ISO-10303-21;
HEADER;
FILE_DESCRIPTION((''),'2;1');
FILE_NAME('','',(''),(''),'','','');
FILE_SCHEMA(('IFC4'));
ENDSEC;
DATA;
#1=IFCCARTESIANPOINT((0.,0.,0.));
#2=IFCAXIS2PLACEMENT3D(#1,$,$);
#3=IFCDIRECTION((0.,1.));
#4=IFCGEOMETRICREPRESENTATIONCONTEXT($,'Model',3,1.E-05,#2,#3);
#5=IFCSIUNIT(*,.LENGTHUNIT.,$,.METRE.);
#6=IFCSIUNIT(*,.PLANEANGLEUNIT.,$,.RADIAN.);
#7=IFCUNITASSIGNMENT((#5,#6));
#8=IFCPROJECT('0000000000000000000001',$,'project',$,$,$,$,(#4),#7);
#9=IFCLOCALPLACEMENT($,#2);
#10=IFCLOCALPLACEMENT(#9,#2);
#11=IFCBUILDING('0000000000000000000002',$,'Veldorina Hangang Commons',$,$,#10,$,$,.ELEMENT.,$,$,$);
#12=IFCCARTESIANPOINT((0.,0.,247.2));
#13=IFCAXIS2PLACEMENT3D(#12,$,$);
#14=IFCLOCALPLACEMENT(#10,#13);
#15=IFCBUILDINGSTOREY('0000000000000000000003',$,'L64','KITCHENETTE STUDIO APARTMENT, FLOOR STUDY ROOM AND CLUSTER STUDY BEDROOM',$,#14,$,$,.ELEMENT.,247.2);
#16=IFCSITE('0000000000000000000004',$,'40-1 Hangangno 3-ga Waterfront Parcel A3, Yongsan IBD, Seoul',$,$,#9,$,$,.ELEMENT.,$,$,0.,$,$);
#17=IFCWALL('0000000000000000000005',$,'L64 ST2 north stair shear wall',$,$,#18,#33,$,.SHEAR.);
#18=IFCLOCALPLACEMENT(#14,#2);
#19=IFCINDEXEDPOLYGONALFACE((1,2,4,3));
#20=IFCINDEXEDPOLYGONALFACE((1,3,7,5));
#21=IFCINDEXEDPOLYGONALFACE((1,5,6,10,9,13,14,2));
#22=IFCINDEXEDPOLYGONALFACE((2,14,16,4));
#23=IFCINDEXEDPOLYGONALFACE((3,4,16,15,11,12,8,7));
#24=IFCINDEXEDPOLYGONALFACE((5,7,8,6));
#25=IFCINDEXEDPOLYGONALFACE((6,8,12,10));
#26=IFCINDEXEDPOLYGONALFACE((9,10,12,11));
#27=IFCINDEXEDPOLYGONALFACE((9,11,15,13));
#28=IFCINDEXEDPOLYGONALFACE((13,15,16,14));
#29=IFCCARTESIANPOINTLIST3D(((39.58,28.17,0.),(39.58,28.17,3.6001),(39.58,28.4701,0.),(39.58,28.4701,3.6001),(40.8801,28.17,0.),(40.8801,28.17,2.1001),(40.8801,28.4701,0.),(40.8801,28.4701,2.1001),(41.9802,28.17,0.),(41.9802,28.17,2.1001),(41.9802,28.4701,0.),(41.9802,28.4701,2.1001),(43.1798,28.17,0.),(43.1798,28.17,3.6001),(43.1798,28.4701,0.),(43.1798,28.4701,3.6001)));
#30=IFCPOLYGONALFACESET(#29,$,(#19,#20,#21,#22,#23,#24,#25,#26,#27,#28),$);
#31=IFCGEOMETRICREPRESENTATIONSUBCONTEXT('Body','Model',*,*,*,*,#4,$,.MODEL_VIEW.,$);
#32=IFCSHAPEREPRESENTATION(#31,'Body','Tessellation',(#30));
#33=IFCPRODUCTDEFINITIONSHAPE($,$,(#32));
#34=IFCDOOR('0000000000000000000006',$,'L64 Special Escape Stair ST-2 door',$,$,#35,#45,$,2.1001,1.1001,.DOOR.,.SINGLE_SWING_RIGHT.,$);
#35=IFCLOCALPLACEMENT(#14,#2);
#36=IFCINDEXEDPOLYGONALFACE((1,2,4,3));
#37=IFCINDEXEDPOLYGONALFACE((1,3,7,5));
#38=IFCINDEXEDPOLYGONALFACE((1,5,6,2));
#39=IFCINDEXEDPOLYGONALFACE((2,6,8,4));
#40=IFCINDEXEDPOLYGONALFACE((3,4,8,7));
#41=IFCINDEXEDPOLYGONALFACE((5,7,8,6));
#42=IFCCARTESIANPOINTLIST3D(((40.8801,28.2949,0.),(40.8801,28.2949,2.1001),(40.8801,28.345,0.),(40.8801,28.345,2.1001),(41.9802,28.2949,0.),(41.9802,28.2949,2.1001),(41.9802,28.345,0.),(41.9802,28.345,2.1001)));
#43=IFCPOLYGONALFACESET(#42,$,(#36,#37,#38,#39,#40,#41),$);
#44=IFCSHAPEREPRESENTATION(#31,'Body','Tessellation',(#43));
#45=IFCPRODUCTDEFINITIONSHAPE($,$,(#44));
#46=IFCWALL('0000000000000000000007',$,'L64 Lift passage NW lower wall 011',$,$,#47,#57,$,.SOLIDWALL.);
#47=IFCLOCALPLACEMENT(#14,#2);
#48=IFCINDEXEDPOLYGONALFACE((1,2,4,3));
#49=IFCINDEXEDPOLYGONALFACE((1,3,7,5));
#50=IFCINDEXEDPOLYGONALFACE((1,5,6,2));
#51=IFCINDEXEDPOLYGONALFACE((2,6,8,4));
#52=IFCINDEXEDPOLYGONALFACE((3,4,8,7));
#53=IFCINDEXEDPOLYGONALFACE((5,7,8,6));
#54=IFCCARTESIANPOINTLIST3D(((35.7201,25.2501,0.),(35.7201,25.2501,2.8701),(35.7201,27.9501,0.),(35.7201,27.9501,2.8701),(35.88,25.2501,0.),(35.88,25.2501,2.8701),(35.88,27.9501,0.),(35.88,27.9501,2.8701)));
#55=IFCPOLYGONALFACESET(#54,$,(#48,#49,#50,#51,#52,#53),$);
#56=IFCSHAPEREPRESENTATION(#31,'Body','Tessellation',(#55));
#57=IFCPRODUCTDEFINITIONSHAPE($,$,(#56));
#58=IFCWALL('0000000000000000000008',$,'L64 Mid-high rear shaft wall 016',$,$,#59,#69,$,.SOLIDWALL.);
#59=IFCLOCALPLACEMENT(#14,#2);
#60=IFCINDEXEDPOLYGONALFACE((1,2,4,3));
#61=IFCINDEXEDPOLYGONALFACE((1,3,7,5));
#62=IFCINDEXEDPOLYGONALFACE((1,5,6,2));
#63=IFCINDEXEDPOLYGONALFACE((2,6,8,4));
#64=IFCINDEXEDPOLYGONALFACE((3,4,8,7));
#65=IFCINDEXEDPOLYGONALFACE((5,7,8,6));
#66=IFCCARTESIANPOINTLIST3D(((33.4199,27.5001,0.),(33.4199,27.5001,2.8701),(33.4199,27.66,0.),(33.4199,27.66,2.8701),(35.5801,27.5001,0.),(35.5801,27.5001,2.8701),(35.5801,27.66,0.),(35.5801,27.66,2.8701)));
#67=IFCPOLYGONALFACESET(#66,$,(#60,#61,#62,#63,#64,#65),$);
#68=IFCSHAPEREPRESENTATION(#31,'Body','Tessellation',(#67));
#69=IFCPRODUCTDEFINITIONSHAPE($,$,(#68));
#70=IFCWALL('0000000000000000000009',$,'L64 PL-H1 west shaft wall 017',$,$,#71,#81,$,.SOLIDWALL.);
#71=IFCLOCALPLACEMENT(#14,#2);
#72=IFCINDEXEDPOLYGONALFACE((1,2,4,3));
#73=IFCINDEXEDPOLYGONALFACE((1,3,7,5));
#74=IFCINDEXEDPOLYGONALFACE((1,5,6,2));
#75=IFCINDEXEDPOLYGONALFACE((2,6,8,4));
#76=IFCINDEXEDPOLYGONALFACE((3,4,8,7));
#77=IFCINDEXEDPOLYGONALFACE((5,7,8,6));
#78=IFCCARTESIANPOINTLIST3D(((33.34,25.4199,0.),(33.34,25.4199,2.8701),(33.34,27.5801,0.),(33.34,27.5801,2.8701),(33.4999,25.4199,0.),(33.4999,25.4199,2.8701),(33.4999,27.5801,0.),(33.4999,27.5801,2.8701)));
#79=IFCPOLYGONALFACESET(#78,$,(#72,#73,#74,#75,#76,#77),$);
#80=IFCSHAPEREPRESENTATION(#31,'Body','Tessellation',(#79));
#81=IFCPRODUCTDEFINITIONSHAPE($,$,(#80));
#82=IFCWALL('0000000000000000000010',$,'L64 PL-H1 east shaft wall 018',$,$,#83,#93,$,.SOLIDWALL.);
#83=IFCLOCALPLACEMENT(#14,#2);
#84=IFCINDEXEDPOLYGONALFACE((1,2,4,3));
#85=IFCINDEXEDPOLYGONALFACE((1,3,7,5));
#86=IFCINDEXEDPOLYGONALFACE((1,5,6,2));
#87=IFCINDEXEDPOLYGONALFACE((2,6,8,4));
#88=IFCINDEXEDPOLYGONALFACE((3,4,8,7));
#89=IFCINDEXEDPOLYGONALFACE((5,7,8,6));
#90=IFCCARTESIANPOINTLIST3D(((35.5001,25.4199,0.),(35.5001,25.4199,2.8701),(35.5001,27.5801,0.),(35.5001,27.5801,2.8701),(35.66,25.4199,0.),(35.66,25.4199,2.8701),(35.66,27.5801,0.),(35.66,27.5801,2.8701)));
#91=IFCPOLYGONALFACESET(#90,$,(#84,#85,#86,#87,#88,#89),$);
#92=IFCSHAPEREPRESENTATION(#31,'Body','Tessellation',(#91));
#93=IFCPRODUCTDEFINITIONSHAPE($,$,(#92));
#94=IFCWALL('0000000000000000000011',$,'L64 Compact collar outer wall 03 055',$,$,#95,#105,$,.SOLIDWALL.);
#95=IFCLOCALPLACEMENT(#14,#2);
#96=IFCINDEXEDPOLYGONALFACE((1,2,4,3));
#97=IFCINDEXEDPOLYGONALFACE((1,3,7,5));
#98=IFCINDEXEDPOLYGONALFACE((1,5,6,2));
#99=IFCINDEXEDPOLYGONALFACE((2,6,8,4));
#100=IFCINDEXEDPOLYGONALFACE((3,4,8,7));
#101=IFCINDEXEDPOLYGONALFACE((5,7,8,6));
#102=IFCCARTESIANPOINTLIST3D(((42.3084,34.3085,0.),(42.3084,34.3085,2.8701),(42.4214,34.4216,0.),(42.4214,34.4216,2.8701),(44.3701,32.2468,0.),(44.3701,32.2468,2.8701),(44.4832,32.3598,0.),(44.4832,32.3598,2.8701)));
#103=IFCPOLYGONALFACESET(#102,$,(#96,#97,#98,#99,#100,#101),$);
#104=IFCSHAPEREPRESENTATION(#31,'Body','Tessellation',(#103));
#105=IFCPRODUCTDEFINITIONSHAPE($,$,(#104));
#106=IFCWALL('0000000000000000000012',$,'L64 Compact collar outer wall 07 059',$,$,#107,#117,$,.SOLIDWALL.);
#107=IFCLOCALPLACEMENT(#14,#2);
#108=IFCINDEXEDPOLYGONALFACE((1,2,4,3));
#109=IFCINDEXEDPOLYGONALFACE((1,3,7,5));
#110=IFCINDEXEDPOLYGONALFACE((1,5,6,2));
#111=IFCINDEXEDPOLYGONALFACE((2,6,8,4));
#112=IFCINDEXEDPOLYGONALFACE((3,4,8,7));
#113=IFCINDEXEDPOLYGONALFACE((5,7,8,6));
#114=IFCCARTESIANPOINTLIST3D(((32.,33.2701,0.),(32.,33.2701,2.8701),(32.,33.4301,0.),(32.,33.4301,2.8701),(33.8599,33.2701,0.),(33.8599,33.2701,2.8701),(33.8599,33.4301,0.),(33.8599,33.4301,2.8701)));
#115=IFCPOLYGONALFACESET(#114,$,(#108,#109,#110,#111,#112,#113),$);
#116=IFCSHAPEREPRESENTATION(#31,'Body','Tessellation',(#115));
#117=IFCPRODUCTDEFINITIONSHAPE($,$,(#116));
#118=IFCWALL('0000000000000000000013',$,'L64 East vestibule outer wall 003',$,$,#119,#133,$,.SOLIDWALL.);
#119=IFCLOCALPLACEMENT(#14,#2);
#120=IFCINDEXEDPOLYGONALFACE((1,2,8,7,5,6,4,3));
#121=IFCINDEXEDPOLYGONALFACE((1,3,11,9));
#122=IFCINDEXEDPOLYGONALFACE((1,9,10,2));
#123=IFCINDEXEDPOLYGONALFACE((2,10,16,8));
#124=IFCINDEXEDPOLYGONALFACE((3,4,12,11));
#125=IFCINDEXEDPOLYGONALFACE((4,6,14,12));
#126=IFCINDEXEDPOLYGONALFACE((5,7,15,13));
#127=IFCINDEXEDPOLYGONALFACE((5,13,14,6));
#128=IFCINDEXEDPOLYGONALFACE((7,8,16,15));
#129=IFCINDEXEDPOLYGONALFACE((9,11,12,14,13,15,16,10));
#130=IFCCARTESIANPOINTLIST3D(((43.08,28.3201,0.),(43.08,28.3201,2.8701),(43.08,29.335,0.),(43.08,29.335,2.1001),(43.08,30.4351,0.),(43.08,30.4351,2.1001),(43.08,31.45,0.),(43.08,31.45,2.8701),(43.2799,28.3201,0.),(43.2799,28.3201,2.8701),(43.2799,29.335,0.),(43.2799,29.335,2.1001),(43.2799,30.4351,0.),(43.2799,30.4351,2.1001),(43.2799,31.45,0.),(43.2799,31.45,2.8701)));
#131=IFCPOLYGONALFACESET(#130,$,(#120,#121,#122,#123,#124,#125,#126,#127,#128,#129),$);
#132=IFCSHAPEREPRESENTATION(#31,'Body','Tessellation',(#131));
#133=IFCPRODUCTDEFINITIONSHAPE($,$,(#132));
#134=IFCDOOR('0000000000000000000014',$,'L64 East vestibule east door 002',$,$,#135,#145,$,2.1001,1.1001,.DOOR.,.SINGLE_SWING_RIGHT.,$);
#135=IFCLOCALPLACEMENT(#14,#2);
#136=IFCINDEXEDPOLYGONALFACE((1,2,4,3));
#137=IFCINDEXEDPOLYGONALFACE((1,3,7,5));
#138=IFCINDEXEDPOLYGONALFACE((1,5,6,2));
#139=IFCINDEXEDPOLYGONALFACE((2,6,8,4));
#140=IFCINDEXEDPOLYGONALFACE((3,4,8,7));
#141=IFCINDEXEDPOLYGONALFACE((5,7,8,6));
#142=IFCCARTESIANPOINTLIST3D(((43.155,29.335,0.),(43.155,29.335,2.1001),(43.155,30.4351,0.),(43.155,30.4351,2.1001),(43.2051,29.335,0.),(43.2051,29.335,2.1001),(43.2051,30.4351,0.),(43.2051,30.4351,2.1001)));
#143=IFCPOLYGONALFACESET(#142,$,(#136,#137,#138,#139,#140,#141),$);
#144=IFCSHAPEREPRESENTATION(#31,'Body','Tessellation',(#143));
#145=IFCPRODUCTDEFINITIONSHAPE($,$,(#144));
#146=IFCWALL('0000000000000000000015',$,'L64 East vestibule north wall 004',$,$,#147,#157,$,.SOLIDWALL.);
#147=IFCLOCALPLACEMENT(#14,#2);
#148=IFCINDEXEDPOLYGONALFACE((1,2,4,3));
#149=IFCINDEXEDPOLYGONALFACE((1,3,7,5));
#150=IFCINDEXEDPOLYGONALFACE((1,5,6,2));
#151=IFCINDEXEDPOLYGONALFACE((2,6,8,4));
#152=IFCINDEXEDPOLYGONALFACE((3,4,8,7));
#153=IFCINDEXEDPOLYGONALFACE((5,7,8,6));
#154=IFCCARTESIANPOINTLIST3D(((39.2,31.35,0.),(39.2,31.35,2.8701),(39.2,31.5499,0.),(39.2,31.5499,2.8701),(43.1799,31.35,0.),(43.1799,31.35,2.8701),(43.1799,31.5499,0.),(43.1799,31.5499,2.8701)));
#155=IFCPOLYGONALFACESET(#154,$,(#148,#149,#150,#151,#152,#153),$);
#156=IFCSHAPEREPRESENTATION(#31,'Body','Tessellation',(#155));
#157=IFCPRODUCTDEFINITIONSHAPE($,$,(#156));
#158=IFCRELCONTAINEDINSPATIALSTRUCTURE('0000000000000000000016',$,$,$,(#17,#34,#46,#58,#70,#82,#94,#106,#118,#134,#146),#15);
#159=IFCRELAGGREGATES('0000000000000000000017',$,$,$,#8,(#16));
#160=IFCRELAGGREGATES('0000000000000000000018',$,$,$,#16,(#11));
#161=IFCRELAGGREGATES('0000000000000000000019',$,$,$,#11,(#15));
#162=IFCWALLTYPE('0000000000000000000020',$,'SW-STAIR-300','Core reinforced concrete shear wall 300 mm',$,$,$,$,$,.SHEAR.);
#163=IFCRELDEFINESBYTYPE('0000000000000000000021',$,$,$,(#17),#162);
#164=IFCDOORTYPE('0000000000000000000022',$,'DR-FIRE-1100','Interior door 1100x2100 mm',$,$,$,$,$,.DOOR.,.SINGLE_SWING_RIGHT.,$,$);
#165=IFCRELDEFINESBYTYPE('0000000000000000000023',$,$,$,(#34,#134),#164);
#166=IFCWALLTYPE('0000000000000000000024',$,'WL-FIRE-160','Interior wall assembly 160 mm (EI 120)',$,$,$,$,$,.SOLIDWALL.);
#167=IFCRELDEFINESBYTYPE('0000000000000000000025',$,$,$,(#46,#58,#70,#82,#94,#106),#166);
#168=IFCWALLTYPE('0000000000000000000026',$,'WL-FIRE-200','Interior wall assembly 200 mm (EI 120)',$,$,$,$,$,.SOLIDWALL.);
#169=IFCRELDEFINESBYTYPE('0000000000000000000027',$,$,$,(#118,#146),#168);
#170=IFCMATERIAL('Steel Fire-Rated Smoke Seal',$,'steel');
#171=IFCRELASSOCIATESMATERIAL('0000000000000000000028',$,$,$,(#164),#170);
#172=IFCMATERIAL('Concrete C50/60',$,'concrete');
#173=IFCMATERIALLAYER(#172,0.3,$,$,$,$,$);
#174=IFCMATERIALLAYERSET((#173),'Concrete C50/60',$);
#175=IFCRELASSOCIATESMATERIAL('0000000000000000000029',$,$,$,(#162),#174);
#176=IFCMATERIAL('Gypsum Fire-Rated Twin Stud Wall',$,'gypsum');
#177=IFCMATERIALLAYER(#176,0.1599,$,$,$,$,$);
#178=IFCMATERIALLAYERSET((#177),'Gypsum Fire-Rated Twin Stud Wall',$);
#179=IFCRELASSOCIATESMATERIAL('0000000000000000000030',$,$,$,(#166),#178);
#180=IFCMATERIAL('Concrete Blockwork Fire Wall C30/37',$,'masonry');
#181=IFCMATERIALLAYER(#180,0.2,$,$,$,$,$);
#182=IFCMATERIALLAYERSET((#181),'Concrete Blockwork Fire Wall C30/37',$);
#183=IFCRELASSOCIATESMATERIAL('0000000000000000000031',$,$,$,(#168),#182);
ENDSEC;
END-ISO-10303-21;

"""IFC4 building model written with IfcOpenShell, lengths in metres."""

from ifc_helpers import new_model, si_unit, direction, frame, frame_2d, origin, place, context, subcontext, project, spatial, rectangle, extrude, material, layer, layer_set, type_object, element, fill, save


model = new_model("IFC4")

# Units and contexts
model_context = context("Model", 3, precision=1e-05, world=origin(), true_north=direction((0.0, 1.0)))
body_context = subcontext(model_context, "Body", "Model", "MODEL_VIEW")
ifc_project = project(units=[si_unit("LENGTHUNIT", "METRE"), si_unit("PLANEANGLEUNIT", "RADIAN")], contexts=[model_context])

# Site, building, storey
site_placement = place(None, origin())
site = spatial("IfcSite", under=ifc_project, at=site_placement, Name="40-1 Hangangno 3-ga Waterfront Parcel A3, Yongsan IBD, Seoul", CompositionType="ELEMENT", RefElevation=0.0)
building_placement = place(site_placement, origin())
building = spatial("IfcBuilding", under=site, at=building_placement, Name="Veldorina Hangang Commons", CompositionType="ELEMENT")
storey_placement = place(building_placement, frame((0.0, 0.0, 247.2)))
storey = spatial("IfcBuildingStorey", under=building, at=storey_placement, Name="L64", Description="KITCHENETTE STUDIO APARTMENT, FLOOR STUDY ROOM AND CLUSTER STUDY BEDROOM", CompositionType="ELEMENT", Elevation=247.2)

# Shared definitions
ifc_material_1 = material(Name="Concrete C50/60", Category="concrete")

# Wall, opening, door
ifc_material_2 = material(Name="Steel Fire-Rated Smoke Seal", Category="steel")
door_type_1 = type_object("IfcDoorType", Name="DR-FIRE-1100", Description="Interior door 1100x2100 mm", OperationType="SINGLE_SWING_RIGHT", PredefinedType="DOOR", material=ifc_material_2)
ifc_layer_1 = layer(ifc_material_1, 0.3)
ifc_layer_set_1 = layer_set([ifc_layer_1], Name="Concrete C50/60")
wall_type_1 = type_object("IfcWallType", Name="SW-STAIR-300", Description="Core reinforced concrete shear wall 300 mm", PredefinedType="SHEAR", material=ifc_layer_set_1)
wall_1_placement = place(storey_placement, frame((39.5801, 28.3201, 0.0), z_axis=(0.0, 0.0, 1.0), x_axis=(1.0, 0.0, 0.0)))
wall_1 = element("IfcWall", 1, at=wall_1_placement, inside=storey, type_object=wall_type_1, Name="L64 ST2 north stair shear wall", PredefinedType="SHEAR", context=body_context, shape_type="SweptSolid", body=[
    extrude(rectangle(XDim=3.5999, YDim=0.3, at=frame_2d((1.7998, 0.0))), origin(), (0.0, 0.0, 1.0), 3.6001),
])
opening_1_placement = place(wall_1_placement, frame((1.3, 0.0, 0.0)))
opening_1 = element("IfcOpeningElement", 2, at=opening_1_placement, cuts=wall_1, PredefinedType="OPENING", context=body_context, shape_type="SweptSolid", body=[
    extrude(rectangle(XDim=1.1001, YDim=2.1001, at=frame_2d((0.55, 1.05))), frame((0.0, 0.1602, 0.0), z_axis=(0.0, -1.0, 0.0), x_axis=(1.0, 0.0, 0.0)), (0.0, 0.0, 1.0), 0.3201),
])
door_1_placement = place(opening_1_placement, origin())
door_1 = element("IfcDoor", 3, at=door_1_placement, inside=storey, type_object=door_type_1, Name="L64 Special Escape Stair ST-2 door", OperationType="SINGLE_SWING_RIGHT", OverallHeight=2.1001, OverallWidth=1.1001, PredefinedType="DOOR", context=body_context, shape_type="SweptSolid", body=[
    extrude(rectangle(XDim=1.1001, YDim=2.1001, at=frame_2d((0.55, 1.05))), frame((0.0, 0.0249, 0.0), z_axis=(0.0, -1.0, 0.0), x_axis=(1.0, 0.0, 0.0)), (0.0, 0.0, 1.0), 0.05),
])
fill(opening_1, door_1)

# Wall
ifc_material_3 = material(Name="Gypsum Fire-Rated Twin Stud Wall", Category="gypsum")
ifc_layer_2 = layer(ifc_material_3, 0.1599)
ifc_layer_set_2 = layer_set([ifc_layer_2], Name="Gypsum Fire-Rated Twin Stud Wall")
wall_type_2 = type_object("IfcWallType", Name="WL-FIRE-160", Description="Interior wall assembly 160 mm (EI 120)", PredefinedType="SOLIDWALL", material=ifc_layer_set_2)
wall_2_placement = place(storey_placement, frame((35.8, 25.25, 0.0), z_axis=(0.0, 0.0, 1.0), x_axis=(0.0, 1.0, 0.0)))
element("IfcWall", 4, at=wall_2_placement, inside=storey, type_object=wall_type_2, Name="L64 Lift passage NW lower wall 011", PredefinedType="SOLIDWALL", context=body_context, shape_type="SweptSolid", body=[
    extrude(rectangle(XDim=2.7, YDim=0.1599, at=frame_2d((1.3501, 0.0))), origin(), (0.0, 0.0, 1.0), 2.8701),
])

# Walls
for number, where, z_axis, x_axis, name in (
    (5, (33.4199, 27.5801, 0.0), (0.0, 0.0, 1.0), (1.0, 0.0, 0.0), "L64 Mid-high rear shaft wall 016"),
    (6, (33.4199, 25.4199, 0.0), (0.0, 0.0, 1.0), (0.0, 1.0, 0.0), "L64 PL-H1 west shaft wall 017"),
    (7, (35.5801, 25.4199, 0.0), (0.0, 0.0, 1.0), (0.0, 1.0, 0.0), "L64 PL-H1 east shaft wall 018"),
):
    element("IfcWall", number, at=place(storey_placement, frame(where, z_axis=z_axis, x_axis=x_axis)), inside=storey, type_object=wall_type_2, Name=name, PredefinedType="SOLIDWALL", context=body_context, shape_type="SweptSolid", body=[
        extrude(rectangle(XDim=2.1602, YDim=0.1599, at=frame_2d((1.0801, 0.0))), origin(), (0.0, 0.0, 1.0), 2.8701),
    ])
wall_3_placement = place(storey_placement, frame((44.4268, 32.3032, 0.0), z_axis=(0.0, 0.0, 1.0), x_axis=(-0.707107, 0.707107, 0.0)))
element("IfcWall", 8, at=wall_3_placement, inside=storey, type_object=wall_type_2, Name="L64 Compact collar outer wall 03 055", PredefinedType="SOLIDWALL", context=body_context, shape_type="SweptSolid", body=[
    extrude(rectangle(XDim=2.9158, YDim=0.1599, at=frame_2d((1.458, 0.0))), origin(), (0.0, 0.0, 1.0), 2.8701),
])
wall_4_placement = place(storey_placement, frame((33.8599, 33.3501, 0.0), z_axis=(0.0, 0.0, 1.0), x_axis=(-1.0, 0.0, 0.0)))
element("IfcWall", 9, at=wall_4_placement, inside=storey, type_object=wall_type_2, Name="L64 Compact collar outer wall 07 059", PredefinedType="SOLIDWALL", context=body_context, shape_type="SweptSolid", body=[
    extrude(rectangle(XDim=1.8599, YDim=0.1599, at=frame_2d((0.9299, 0.0))), origin(), (0.0, 0.0, 1.0), 2.8701),
])

# Wall, opening, door
ifc_material_4 = material(Name="Concrete Blockwork Fire Wall C30/37", Category="masonry")
ifc_layer_3 = layer(ifc_material_4, 0.2)
ifc_layer_set_3 = layer_set([ifc_layer_3], Name="Concrete Blockwork Fire Wall C30/37")
wall_type_3 = type_object("IfcWallType", Name="WL-FIRE-200", Description="Interior wall assembly 200 mm (EI 120)", PredefinedType="SOLIDWALL", material=ifc_layer_set_3)
wall_5_placement = place(storey_placement, frame((43.1799, 28.3201, 0.0), z_axis=(0.0, 0.0, 1.0), x_axis=(0.0, 1.0, 0.0)))
wall_5 = element("IfcWall", 10, at=wall_5_placement, inside=storey, type_object=wall_type_3, Name="L64 East vestibule outer wall 003", PredefinedType="SOLIDWALL", context=body_context, shape_type="SweptSolid", body=[
    extrude(rectangle(XDim=3.1299, YDim=0.2, at=frame_2d((1.5649, 0.0))), origin(), (0.0, 0.0, 1.0), 2.8701),
])
opening_2_placement = place(wall_5_placement, frame((1.0149, 0.0, 0.0)))
opening_2 = element("IfcOpeningElement", 11, at=opening_2_placement, cuts=wall_5, PredefinedType="OPENING", context=body_context, shape_type="SweptSolid", body=[
    extrude(rectangle(XDim=1.1001, YDim=2.1001, at=frame_2d((0.55, 1.05))), frame((0.0, 0.1099, 0.0), z_axis=(0.0, -1.0, 0.0), x_axis=(1.0, 0.0, 0.0)), (0.0, 0.0, 1.0), 0.22),
])
door_2_placement = place(opening_2_placement, origin())
door_2 = element("IfcDoor", 12, at=door_2_placement, inside=storey, type_object=door_type_1, Name="L64 East vestibule east door 002", OperationType="SINGLE_SWING_RIGHT", OverallHeight=2.1001, OverallWidth=1.1001, PredefinedType="DOOR", context=body_context, shape_type="SweptSolid", body=[
    extrude(rectangle(XDim=1.1001, YDim=2.1001, at=frame_2d((0.55, 1.05))), frame((0.0, 0.0249, 0.0), z_axis=(0.0, -1.0, 0.0), x_axis=(1.0, 0.0, 0.0)), (0.0, 0.0, 1.0), 0.05),
])
fill(opening_2, door_2)

# Wall
wall_6_placement = place(storey_placement, frame((39.2, 31.45, 0.0), z_axis=(0.0, 0.0, 1.0), x_axis=(1.0, 0.0, 0.0)))
element("IfcWall", 13, at=wall_6_placement, inside=storey, type_object=wall_type_3, Name="L64 East vestibule north wall 004", PredefinedType="SOLIDWALL", context=body_context, shape_type="SweptSolid", body=[
    extrude(rectangle(XDim=3.98, YDim=0.2, at=frame_2d((1.99, 0.0))), origin(), (0.0, 0.0, 1.0), 2.8701),
])

save(model, "model.ifc")
